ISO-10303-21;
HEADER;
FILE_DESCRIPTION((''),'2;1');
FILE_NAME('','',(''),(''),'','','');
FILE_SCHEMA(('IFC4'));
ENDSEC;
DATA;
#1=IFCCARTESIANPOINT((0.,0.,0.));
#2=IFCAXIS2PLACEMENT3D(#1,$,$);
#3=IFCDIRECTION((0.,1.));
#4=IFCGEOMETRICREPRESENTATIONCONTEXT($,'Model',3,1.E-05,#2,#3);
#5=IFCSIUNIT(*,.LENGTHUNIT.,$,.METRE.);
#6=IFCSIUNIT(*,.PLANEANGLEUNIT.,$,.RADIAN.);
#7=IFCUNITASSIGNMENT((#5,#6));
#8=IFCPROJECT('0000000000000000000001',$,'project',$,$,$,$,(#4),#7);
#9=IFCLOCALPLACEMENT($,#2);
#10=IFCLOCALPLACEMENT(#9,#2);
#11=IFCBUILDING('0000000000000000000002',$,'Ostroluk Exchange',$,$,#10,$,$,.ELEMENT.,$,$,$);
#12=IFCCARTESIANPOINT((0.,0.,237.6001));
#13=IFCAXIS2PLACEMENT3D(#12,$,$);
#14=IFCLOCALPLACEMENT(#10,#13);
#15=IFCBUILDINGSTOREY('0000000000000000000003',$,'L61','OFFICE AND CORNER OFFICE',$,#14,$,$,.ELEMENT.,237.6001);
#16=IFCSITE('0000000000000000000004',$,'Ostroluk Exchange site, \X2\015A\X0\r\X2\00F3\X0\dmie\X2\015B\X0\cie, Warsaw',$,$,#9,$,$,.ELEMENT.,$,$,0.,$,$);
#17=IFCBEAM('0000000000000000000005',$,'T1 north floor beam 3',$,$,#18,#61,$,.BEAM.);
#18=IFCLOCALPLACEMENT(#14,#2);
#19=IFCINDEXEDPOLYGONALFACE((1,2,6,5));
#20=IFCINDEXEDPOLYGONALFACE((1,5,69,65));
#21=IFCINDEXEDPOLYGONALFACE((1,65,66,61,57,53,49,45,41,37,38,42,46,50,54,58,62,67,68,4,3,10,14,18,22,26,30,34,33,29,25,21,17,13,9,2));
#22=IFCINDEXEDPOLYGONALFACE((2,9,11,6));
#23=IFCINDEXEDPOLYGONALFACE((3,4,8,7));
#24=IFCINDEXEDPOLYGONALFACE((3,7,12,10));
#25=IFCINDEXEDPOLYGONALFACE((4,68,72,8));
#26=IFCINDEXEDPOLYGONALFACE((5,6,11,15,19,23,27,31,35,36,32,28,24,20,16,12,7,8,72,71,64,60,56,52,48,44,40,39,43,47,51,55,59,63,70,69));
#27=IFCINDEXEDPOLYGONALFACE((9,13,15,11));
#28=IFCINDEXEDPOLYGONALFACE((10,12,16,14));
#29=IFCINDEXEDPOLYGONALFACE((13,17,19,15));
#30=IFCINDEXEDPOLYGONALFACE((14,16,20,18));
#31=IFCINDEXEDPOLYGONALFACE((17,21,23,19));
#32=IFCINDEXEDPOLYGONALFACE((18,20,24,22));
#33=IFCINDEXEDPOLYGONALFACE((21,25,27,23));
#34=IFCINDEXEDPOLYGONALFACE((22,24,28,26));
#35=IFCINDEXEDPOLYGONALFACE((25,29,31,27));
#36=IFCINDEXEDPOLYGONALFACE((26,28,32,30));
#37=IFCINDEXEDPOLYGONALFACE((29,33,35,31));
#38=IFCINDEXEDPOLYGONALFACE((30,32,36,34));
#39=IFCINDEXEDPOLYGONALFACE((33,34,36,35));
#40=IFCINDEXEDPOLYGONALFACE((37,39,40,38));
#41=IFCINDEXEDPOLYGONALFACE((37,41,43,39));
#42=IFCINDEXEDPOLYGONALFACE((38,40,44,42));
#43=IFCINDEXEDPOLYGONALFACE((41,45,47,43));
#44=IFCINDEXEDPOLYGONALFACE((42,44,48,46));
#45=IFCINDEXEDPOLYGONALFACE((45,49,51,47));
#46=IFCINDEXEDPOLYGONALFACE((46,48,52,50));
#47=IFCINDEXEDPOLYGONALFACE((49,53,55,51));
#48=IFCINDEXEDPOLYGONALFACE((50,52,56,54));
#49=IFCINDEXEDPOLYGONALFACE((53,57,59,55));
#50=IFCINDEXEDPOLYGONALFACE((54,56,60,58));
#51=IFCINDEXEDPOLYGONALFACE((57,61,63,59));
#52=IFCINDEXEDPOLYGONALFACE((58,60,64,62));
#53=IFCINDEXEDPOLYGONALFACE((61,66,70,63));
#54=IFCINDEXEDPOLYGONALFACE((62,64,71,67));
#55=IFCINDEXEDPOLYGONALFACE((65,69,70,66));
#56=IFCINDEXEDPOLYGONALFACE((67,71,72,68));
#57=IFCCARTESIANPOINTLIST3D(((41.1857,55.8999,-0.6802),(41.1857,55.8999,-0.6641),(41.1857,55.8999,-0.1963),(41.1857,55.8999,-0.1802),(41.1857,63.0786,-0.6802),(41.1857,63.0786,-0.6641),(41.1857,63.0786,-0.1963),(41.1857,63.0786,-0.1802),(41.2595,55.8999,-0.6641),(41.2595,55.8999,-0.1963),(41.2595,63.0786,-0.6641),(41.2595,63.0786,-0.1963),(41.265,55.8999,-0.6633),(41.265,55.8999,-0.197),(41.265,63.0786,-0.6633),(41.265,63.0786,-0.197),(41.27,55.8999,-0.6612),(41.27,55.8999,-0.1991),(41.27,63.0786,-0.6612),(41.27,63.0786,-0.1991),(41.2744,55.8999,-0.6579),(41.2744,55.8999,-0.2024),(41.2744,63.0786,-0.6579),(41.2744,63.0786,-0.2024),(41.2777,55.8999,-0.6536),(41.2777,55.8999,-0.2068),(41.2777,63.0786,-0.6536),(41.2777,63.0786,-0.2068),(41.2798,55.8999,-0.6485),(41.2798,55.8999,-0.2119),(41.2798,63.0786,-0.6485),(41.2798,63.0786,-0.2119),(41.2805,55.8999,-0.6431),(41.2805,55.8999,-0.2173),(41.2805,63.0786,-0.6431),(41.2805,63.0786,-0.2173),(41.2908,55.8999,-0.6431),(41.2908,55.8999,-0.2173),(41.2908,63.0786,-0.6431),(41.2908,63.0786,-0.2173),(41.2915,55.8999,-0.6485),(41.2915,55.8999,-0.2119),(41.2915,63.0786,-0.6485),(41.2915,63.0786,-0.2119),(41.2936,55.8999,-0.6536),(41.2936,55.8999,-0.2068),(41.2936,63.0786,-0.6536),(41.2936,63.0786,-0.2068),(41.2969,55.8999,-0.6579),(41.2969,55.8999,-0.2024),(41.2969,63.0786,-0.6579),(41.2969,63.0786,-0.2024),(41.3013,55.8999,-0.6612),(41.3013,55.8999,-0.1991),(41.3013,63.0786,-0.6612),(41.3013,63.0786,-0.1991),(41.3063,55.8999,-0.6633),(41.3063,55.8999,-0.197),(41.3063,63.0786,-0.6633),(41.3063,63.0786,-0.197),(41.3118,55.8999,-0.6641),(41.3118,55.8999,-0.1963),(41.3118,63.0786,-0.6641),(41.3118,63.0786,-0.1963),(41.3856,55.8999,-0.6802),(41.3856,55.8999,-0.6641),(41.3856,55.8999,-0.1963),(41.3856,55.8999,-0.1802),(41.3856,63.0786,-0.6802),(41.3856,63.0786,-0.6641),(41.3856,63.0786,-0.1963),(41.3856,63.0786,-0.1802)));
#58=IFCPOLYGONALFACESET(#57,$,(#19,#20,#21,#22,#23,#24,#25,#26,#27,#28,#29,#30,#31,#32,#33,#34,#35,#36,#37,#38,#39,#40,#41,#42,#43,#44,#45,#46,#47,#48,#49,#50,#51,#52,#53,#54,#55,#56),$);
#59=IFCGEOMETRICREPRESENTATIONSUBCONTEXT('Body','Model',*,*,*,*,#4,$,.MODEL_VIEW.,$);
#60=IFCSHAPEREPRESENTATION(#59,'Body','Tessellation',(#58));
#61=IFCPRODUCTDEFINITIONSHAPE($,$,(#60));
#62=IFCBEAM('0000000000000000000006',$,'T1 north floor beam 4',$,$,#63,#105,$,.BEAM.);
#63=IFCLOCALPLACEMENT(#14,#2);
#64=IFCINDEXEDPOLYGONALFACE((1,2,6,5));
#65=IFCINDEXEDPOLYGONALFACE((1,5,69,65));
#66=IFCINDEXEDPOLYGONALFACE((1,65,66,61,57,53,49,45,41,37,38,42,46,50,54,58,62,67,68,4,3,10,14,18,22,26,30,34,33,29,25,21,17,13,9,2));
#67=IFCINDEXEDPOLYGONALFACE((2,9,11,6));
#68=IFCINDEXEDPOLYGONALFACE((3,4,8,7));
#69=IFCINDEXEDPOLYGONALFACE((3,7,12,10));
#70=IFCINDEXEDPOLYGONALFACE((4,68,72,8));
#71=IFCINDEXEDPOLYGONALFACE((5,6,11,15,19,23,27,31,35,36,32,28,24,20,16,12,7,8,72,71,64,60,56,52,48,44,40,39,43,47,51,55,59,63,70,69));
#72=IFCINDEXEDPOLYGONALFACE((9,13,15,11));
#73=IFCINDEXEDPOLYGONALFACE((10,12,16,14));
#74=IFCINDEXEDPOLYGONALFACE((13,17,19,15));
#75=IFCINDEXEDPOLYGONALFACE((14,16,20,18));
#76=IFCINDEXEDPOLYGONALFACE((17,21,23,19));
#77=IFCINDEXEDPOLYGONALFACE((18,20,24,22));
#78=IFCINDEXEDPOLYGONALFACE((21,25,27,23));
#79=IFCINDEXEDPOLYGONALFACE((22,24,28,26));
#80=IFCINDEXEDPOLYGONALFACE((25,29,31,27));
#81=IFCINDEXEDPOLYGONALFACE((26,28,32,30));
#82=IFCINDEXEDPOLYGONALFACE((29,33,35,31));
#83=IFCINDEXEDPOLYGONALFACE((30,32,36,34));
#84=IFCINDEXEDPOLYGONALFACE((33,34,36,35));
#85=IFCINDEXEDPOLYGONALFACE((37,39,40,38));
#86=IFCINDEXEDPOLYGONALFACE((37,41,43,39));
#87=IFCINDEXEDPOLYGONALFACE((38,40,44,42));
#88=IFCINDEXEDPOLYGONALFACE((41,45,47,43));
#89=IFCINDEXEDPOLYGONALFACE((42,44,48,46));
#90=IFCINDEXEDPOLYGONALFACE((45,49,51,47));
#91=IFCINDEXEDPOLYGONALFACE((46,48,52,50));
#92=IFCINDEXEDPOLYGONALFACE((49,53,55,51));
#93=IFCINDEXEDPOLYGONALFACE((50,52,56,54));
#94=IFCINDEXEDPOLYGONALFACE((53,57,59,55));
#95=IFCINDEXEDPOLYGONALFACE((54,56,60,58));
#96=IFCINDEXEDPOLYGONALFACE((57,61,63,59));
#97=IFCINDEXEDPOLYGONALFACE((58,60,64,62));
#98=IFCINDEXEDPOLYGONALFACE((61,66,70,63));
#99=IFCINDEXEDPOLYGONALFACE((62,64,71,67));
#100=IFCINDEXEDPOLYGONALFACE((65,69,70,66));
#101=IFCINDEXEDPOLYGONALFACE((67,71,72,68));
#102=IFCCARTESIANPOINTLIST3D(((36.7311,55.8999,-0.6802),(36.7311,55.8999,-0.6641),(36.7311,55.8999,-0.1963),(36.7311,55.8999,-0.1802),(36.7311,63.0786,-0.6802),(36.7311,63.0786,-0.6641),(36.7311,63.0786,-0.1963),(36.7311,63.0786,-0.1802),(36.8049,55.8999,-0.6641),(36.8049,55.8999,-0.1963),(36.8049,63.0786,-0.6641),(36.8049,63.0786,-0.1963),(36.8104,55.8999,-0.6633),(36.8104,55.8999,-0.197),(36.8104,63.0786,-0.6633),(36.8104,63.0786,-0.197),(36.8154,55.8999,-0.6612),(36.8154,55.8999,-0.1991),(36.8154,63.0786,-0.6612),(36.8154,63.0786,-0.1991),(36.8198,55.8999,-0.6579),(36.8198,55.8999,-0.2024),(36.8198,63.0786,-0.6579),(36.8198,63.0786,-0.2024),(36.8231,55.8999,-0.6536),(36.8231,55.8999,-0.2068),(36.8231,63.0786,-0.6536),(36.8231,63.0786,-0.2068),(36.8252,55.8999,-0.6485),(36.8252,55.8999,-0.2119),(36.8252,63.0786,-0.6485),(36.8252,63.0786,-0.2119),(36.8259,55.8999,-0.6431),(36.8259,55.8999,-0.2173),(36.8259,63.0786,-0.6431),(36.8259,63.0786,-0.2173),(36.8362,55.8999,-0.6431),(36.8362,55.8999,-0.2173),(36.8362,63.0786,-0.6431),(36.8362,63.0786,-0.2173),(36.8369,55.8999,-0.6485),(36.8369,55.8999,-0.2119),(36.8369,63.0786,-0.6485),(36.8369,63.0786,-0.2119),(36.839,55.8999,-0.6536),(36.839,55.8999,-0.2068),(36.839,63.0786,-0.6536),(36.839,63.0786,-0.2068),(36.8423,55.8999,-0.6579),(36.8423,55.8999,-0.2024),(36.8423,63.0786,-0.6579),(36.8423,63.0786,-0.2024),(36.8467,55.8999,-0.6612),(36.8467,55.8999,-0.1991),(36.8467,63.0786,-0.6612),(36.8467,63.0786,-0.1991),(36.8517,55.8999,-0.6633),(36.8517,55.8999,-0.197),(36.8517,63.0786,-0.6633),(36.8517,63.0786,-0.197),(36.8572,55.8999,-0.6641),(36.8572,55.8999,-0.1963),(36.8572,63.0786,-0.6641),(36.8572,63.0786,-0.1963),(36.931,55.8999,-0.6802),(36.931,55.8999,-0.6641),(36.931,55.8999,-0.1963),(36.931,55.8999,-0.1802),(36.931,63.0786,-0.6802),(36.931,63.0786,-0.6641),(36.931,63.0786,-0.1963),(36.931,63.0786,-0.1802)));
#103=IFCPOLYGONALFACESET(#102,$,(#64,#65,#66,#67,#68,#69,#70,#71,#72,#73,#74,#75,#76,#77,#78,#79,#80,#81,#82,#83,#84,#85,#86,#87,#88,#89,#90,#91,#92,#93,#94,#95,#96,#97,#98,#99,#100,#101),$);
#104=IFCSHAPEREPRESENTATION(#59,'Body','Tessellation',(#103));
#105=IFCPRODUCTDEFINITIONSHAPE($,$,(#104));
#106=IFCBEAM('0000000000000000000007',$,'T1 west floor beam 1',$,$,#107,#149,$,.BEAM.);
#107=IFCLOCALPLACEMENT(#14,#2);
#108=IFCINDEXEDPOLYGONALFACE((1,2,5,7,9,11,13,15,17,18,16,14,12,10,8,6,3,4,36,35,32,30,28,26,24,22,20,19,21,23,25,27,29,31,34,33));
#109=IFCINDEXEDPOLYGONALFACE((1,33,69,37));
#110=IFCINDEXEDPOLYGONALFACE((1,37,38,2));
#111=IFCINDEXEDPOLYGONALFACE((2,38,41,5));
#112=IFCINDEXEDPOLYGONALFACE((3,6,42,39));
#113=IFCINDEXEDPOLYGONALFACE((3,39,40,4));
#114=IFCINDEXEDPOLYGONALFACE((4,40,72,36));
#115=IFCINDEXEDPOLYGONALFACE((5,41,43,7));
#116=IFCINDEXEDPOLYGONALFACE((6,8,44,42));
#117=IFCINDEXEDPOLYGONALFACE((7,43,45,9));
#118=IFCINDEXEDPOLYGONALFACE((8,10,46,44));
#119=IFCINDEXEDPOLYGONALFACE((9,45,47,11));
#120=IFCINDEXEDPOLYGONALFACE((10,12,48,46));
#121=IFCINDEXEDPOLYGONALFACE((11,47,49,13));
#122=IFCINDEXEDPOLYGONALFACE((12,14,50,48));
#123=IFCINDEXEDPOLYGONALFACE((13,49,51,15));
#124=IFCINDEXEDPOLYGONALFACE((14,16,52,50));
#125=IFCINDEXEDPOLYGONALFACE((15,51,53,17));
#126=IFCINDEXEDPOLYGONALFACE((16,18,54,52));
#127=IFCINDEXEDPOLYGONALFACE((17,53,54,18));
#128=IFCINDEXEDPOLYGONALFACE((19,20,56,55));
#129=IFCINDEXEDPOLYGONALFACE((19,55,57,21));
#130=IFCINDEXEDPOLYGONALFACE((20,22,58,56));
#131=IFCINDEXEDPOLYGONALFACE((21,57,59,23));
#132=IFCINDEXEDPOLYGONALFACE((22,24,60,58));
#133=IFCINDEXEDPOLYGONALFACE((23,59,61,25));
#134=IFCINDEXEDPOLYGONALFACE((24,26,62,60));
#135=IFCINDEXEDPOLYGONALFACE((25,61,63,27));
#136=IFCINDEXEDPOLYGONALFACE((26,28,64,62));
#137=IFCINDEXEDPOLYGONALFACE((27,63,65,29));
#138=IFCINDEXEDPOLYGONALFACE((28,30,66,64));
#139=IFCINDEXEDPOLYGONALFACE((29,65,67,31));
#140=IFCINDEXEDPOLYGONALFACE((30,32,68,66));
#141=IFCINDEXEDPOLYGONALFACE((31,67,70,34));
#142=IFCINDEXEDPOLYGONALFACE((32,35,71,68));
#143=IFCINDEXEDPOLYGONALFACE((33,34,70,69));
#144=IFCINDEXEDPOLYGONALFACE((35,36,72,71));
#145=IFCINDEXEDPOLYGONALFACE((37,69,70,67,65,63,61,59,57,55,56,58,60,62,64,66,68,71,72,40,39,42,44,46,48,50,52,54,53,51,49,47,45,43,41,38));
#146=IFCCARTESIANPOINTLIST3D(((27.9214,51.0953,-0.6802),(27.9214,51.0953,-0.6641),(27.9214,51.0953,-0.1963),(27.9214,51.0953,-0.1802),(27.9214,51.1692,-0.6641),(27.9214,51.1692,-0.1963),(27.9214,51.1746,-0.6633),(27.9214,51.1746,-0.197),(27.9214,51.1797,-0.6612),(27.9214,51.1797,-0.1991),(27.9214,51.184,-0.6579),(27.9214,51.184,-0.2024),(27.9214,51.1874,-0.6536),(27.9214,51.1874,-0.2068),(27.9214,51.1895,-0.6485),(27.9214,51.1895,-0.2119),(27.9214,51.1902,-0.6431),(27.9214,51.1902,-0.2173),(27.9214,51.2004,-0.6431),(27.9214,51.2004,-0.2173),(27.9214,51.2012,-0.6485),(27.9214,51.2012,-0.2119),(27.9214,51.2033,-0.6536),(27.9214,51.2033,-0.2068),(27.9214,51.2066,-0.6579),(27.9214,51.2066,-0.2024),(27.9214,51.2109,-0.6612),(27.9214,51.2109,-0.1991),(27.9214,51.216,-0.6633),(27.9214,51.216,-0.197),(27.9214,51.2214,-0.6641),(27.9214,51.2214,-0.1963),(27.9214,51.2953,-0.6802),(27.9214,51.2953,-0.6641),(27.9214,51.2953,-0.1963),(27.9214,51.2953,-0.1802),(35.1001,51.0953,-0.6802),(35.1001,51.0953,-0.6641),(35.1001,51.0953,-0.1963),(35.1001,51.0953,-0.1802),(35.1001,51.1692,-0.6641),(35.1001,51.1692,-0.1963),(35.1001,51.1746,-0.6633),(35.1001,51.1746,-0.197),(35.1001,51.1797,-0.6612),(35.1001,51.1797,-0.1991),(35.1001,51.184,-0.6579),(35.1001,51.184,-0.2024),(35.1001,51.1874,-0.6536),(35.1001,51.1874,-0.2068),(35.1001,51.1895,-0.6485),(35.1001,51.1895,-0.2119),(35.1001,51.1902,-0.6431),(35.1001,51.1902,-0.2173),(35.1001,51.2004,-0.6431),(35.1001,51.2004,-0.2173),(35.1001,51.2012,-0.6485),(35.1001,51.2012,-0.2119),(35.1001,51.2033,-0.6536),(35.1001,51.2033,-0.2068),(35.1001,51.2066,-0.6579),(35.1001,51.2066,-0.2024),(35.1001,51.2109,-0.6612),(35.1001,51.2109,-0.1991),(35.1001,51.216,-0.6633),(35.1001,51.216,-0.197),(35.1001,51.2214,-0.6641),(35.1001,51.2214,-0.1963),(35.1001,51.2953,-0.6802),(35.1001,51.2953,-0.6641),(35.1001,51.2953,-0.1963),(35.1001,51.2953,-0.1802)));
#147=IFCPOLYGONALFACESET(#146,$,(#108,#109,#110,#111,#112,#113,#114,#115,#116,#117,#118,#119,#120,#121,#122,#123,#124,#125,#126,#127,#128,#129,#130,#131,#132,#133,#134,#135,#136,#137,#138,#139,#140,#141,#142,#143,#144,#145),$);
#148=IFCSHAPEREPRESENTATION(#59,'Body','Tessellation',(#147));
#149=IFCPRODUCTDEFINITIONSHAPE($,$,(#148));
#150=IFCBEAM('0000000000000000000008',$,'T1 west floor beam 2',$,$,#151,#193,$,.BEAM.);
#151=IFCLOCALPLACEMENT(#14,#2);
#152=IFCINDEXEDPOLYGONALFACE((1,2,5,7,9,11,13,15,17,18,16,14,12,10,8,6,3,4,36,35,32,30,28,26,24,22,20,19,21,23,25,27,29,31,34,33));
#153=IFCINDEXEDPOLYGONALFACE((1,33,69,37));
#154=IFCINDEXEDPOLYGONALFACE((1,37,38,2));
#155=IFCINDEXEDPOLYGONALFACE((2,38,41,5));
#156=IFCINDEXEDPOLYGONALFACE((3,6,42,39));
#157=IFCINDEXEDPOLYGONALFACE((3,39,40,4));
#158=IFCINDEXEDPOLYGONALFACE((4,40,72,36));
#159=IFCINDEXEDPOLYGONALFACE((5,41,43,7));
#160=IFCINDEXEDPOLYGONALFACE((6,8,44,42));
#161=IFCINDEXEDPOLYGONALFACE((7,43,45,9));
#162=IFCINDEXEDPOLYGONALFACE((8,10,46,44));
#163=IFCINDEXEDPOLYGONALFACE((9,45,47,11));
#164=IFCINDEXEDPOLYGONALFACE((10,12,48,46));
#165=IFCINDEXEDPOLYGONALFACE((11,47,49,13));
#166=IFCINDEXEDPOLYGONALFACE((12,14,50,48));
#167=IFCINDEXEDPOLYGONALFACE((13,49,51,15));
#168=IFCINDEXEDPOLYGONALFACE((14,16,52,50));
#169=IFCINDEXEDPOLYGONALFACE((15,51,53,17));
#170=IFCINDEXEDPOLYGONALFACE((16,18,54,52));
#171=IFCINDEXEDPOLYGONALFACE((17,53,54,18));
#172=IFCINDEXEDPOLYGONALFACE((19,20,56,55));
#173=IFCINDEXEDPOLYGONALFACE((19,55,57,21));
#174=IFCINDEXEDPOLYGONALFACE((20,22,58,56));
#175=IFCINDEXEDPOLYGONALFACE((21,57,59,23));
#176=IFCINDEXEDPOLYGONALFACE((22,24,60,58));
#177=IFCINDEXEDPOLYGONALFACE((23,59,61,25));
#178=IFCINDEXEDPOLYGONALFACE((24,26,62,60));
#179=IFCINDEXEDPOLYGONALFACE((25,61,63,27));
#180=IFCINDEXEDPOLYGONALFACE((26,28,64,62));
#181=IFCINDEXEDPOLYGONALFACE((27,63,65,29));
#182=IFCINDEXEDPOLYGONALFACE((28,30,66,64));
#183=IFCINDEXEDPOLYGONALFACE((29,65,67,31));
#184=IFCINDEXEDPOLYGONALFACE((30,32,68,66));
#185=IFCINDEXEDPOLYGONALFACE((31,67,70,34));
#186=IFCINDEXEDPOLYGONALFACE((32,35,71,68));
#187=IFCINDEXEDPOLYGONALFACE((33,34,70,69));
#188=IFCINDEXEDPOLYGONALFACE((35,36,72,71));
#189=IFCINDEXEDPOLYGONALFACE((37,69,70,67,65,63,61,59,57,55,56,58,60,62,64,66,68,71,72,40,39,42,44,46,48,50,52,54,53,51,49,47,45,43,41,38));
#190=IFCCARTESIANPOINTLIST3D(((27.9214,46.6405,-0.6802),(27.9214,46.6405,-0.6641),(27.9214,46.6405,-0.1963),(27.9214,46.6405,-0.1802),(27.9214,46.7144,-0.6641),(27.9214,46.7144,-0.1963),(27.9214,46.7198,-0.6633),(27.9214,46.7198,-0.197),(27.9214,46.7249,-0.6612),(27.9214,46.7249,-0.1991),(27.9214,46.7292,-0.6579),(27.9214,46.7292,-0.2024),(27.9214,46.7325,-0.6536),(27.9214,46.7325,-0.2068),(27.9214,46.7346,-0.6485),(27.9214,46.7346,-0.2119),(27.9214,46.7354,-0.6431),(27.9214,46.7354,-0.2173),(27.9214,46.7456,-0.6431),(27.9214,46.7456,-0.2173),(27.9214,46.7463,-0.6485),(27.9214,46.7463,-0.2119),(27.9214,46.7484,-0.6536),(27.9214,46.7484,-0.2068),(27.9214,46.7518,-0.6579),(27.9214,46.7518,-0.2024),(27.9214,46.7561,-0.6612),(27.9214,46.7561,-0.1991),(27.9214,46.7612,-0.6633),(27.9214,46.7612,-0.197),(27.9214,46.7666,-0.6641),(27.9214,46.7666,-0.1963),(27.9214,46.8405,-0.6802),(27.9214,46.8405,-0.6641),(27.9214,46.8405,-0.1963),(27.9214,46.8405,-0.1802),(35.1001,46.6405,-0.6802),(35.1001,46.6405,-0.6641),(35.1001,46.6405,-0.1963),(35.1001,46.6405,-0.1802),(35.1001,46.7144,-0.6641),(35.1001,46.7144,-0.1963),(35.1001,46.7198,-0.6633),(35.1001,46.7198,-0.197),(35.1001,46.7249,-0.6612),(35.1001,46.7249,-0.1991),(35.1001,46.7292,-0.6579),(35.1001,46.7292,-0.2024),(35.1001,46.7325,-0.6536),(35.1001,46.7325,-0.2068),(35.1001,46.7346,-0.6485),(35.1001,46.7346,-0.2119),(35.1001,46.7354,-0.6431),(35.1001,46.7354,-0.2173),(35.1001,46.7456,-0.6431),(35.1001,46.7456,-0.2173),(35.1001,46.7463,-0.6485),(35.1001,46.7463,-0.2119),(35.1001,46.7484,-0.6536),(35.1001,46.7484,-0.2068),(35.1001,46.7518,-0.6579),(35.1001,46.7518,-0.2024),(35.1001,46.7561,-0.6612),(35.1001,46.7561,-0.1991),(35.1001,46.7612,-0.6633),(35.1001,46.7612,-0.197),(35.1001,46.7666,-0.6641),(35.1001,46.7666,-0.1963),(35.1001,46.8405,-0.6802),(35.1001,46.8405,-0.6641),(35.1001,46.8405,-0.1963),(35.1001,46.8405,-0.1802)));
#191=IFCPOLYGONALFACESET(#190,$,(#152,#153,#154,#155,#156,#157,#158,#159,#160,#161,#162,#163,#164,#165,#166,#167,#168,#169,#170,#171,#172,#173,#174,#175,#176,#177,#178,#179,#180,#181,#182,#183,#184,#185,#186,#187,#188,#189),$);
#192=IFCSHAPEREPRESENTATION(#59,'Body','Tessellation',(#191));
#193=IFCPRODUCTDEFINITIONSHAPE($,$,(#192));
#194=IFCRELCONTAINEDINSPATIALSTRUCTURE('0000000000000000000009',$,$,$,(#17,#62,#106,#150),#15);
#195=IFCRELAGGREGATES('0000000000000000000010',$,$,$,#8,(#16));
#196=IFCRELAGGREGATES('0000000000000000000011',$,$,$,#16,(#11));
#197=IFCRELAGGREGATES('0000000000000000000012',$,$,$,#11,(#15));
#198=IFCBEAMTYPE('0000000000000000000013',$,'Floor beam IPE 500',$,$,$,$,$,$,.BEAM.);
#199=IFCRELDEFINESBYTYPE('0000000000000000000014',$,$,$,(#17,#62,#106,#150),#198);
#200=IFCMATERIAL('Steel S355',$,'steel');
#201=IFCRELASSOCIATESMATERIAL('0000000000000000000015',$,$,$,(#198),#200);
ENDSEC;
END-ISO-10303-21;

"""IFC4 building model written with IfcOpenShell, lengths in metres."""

from ifc_helpers import new_model, si_unit, direction, frame, origin, origin_2d, place, context, subcontext, project, spatial, i_section, extrude, material, material_profile, profile_set, type_object, element, save


model = new_model("IFC4")

# Units and contexts
model_context = context("Model", 3, precision=1e-05, world=origin(), true_north=direction((0.0, 1.0)))
body_context = subcontext(model_context, "Body", "Model", "MODEL_VIEW")
ifc_project = project(units=[si_unit("LENGTHUNIT", "METRE"), si_unit("PLANEANGLEUNIT", "RADIAN")], contexts=[model_context])

# Site, building, storey
site_placement = place(None, origin())
site = spatial("IfcSite", under=ifc_project, at=site_placement, Name="Ostroluk Exchange site, Śródmieście, Warsaw", CompositionType="ELEMENT", RefElevation=0.0)
building_placement = place(site_placement, origin())
building = spatial("IfcBuilding", under=site, at=building_placement, Name="Ostroluk Exchange", CompositionType="ELEMENT")
storey_placement = place(building_placement, frame((0.0, 0.0, 237.6001)))
storey = spatial("IfcBuildingStorey", under=building, at=storey_placement, Name="L61", Description="OFFICE AND CORNER OFFICE", CompositionType="ELEMENT", Elevation=237.6001)

# Beams
ifc_material_1 = material(Name="Steel S355", Category="steel")
ifc_material_profile_1 = material_profile(ifc_material_1, i_section(OverallWidth=0.2, OverallDepth=0.5, WebThickness=0.0103, FlangeThickness=0.0161, FilletRadius=0.021, at=origin_2d()), Name="IPE 500")
ifc_profile_set_1 = profile_set([ifc_material_profile_1], Name="Steel S355")
beam_type_1 = type_object("IfcBeamType", Name="Floor beam IPE 500", PredefinedType="BEAM", material=ifc_profile_set_1)
for number, where, z_axis, x_axis, name in (
    (1, (41.2856, 55.8999, -0.4302), (0.0, 1.0, 0.0), (-1.0, 0.0, 0.0), "T1 north floor beam 3"),
    (2, (36.8311, 55.8999, -0.4302), (0.0, 1.0, 0.0), (-1.0, 0.0, 0.0), "T1 north floor beam 4"),
    (3, (35.1001, 51.1953, -0.4302), (-1.0, 0.0, 0.0), (0.0, -1.0, 0.0), "T1 west floor beam 1"),
    (4, (35.1001, 46.7405, -0.4302), (-1.0, 0.0, 0.0), (0.0, -1.0, 0.0), "T1 west floor beam 2"),
):
    element("IfcBeam", number, at=place(storey_placement, frame(where, z_axis=z_axis, x_axis=x_axis)), inside=storey, type_object=beam_type_1, Name=name, PredefinedType="BEAM", context=body_context, shape_type="SweptSolid", body=[
        extrude(i_section(OverallWidth=0.2, OverallDepth=0.5, WebThickness=0.0103, FlangeThickness=0.0161, FilletRadius=0.021, at=origin_2d()), origin(), (0.0, 0.0, 1.0), 7.1787),
    ])

save(model, "model.ifc")
